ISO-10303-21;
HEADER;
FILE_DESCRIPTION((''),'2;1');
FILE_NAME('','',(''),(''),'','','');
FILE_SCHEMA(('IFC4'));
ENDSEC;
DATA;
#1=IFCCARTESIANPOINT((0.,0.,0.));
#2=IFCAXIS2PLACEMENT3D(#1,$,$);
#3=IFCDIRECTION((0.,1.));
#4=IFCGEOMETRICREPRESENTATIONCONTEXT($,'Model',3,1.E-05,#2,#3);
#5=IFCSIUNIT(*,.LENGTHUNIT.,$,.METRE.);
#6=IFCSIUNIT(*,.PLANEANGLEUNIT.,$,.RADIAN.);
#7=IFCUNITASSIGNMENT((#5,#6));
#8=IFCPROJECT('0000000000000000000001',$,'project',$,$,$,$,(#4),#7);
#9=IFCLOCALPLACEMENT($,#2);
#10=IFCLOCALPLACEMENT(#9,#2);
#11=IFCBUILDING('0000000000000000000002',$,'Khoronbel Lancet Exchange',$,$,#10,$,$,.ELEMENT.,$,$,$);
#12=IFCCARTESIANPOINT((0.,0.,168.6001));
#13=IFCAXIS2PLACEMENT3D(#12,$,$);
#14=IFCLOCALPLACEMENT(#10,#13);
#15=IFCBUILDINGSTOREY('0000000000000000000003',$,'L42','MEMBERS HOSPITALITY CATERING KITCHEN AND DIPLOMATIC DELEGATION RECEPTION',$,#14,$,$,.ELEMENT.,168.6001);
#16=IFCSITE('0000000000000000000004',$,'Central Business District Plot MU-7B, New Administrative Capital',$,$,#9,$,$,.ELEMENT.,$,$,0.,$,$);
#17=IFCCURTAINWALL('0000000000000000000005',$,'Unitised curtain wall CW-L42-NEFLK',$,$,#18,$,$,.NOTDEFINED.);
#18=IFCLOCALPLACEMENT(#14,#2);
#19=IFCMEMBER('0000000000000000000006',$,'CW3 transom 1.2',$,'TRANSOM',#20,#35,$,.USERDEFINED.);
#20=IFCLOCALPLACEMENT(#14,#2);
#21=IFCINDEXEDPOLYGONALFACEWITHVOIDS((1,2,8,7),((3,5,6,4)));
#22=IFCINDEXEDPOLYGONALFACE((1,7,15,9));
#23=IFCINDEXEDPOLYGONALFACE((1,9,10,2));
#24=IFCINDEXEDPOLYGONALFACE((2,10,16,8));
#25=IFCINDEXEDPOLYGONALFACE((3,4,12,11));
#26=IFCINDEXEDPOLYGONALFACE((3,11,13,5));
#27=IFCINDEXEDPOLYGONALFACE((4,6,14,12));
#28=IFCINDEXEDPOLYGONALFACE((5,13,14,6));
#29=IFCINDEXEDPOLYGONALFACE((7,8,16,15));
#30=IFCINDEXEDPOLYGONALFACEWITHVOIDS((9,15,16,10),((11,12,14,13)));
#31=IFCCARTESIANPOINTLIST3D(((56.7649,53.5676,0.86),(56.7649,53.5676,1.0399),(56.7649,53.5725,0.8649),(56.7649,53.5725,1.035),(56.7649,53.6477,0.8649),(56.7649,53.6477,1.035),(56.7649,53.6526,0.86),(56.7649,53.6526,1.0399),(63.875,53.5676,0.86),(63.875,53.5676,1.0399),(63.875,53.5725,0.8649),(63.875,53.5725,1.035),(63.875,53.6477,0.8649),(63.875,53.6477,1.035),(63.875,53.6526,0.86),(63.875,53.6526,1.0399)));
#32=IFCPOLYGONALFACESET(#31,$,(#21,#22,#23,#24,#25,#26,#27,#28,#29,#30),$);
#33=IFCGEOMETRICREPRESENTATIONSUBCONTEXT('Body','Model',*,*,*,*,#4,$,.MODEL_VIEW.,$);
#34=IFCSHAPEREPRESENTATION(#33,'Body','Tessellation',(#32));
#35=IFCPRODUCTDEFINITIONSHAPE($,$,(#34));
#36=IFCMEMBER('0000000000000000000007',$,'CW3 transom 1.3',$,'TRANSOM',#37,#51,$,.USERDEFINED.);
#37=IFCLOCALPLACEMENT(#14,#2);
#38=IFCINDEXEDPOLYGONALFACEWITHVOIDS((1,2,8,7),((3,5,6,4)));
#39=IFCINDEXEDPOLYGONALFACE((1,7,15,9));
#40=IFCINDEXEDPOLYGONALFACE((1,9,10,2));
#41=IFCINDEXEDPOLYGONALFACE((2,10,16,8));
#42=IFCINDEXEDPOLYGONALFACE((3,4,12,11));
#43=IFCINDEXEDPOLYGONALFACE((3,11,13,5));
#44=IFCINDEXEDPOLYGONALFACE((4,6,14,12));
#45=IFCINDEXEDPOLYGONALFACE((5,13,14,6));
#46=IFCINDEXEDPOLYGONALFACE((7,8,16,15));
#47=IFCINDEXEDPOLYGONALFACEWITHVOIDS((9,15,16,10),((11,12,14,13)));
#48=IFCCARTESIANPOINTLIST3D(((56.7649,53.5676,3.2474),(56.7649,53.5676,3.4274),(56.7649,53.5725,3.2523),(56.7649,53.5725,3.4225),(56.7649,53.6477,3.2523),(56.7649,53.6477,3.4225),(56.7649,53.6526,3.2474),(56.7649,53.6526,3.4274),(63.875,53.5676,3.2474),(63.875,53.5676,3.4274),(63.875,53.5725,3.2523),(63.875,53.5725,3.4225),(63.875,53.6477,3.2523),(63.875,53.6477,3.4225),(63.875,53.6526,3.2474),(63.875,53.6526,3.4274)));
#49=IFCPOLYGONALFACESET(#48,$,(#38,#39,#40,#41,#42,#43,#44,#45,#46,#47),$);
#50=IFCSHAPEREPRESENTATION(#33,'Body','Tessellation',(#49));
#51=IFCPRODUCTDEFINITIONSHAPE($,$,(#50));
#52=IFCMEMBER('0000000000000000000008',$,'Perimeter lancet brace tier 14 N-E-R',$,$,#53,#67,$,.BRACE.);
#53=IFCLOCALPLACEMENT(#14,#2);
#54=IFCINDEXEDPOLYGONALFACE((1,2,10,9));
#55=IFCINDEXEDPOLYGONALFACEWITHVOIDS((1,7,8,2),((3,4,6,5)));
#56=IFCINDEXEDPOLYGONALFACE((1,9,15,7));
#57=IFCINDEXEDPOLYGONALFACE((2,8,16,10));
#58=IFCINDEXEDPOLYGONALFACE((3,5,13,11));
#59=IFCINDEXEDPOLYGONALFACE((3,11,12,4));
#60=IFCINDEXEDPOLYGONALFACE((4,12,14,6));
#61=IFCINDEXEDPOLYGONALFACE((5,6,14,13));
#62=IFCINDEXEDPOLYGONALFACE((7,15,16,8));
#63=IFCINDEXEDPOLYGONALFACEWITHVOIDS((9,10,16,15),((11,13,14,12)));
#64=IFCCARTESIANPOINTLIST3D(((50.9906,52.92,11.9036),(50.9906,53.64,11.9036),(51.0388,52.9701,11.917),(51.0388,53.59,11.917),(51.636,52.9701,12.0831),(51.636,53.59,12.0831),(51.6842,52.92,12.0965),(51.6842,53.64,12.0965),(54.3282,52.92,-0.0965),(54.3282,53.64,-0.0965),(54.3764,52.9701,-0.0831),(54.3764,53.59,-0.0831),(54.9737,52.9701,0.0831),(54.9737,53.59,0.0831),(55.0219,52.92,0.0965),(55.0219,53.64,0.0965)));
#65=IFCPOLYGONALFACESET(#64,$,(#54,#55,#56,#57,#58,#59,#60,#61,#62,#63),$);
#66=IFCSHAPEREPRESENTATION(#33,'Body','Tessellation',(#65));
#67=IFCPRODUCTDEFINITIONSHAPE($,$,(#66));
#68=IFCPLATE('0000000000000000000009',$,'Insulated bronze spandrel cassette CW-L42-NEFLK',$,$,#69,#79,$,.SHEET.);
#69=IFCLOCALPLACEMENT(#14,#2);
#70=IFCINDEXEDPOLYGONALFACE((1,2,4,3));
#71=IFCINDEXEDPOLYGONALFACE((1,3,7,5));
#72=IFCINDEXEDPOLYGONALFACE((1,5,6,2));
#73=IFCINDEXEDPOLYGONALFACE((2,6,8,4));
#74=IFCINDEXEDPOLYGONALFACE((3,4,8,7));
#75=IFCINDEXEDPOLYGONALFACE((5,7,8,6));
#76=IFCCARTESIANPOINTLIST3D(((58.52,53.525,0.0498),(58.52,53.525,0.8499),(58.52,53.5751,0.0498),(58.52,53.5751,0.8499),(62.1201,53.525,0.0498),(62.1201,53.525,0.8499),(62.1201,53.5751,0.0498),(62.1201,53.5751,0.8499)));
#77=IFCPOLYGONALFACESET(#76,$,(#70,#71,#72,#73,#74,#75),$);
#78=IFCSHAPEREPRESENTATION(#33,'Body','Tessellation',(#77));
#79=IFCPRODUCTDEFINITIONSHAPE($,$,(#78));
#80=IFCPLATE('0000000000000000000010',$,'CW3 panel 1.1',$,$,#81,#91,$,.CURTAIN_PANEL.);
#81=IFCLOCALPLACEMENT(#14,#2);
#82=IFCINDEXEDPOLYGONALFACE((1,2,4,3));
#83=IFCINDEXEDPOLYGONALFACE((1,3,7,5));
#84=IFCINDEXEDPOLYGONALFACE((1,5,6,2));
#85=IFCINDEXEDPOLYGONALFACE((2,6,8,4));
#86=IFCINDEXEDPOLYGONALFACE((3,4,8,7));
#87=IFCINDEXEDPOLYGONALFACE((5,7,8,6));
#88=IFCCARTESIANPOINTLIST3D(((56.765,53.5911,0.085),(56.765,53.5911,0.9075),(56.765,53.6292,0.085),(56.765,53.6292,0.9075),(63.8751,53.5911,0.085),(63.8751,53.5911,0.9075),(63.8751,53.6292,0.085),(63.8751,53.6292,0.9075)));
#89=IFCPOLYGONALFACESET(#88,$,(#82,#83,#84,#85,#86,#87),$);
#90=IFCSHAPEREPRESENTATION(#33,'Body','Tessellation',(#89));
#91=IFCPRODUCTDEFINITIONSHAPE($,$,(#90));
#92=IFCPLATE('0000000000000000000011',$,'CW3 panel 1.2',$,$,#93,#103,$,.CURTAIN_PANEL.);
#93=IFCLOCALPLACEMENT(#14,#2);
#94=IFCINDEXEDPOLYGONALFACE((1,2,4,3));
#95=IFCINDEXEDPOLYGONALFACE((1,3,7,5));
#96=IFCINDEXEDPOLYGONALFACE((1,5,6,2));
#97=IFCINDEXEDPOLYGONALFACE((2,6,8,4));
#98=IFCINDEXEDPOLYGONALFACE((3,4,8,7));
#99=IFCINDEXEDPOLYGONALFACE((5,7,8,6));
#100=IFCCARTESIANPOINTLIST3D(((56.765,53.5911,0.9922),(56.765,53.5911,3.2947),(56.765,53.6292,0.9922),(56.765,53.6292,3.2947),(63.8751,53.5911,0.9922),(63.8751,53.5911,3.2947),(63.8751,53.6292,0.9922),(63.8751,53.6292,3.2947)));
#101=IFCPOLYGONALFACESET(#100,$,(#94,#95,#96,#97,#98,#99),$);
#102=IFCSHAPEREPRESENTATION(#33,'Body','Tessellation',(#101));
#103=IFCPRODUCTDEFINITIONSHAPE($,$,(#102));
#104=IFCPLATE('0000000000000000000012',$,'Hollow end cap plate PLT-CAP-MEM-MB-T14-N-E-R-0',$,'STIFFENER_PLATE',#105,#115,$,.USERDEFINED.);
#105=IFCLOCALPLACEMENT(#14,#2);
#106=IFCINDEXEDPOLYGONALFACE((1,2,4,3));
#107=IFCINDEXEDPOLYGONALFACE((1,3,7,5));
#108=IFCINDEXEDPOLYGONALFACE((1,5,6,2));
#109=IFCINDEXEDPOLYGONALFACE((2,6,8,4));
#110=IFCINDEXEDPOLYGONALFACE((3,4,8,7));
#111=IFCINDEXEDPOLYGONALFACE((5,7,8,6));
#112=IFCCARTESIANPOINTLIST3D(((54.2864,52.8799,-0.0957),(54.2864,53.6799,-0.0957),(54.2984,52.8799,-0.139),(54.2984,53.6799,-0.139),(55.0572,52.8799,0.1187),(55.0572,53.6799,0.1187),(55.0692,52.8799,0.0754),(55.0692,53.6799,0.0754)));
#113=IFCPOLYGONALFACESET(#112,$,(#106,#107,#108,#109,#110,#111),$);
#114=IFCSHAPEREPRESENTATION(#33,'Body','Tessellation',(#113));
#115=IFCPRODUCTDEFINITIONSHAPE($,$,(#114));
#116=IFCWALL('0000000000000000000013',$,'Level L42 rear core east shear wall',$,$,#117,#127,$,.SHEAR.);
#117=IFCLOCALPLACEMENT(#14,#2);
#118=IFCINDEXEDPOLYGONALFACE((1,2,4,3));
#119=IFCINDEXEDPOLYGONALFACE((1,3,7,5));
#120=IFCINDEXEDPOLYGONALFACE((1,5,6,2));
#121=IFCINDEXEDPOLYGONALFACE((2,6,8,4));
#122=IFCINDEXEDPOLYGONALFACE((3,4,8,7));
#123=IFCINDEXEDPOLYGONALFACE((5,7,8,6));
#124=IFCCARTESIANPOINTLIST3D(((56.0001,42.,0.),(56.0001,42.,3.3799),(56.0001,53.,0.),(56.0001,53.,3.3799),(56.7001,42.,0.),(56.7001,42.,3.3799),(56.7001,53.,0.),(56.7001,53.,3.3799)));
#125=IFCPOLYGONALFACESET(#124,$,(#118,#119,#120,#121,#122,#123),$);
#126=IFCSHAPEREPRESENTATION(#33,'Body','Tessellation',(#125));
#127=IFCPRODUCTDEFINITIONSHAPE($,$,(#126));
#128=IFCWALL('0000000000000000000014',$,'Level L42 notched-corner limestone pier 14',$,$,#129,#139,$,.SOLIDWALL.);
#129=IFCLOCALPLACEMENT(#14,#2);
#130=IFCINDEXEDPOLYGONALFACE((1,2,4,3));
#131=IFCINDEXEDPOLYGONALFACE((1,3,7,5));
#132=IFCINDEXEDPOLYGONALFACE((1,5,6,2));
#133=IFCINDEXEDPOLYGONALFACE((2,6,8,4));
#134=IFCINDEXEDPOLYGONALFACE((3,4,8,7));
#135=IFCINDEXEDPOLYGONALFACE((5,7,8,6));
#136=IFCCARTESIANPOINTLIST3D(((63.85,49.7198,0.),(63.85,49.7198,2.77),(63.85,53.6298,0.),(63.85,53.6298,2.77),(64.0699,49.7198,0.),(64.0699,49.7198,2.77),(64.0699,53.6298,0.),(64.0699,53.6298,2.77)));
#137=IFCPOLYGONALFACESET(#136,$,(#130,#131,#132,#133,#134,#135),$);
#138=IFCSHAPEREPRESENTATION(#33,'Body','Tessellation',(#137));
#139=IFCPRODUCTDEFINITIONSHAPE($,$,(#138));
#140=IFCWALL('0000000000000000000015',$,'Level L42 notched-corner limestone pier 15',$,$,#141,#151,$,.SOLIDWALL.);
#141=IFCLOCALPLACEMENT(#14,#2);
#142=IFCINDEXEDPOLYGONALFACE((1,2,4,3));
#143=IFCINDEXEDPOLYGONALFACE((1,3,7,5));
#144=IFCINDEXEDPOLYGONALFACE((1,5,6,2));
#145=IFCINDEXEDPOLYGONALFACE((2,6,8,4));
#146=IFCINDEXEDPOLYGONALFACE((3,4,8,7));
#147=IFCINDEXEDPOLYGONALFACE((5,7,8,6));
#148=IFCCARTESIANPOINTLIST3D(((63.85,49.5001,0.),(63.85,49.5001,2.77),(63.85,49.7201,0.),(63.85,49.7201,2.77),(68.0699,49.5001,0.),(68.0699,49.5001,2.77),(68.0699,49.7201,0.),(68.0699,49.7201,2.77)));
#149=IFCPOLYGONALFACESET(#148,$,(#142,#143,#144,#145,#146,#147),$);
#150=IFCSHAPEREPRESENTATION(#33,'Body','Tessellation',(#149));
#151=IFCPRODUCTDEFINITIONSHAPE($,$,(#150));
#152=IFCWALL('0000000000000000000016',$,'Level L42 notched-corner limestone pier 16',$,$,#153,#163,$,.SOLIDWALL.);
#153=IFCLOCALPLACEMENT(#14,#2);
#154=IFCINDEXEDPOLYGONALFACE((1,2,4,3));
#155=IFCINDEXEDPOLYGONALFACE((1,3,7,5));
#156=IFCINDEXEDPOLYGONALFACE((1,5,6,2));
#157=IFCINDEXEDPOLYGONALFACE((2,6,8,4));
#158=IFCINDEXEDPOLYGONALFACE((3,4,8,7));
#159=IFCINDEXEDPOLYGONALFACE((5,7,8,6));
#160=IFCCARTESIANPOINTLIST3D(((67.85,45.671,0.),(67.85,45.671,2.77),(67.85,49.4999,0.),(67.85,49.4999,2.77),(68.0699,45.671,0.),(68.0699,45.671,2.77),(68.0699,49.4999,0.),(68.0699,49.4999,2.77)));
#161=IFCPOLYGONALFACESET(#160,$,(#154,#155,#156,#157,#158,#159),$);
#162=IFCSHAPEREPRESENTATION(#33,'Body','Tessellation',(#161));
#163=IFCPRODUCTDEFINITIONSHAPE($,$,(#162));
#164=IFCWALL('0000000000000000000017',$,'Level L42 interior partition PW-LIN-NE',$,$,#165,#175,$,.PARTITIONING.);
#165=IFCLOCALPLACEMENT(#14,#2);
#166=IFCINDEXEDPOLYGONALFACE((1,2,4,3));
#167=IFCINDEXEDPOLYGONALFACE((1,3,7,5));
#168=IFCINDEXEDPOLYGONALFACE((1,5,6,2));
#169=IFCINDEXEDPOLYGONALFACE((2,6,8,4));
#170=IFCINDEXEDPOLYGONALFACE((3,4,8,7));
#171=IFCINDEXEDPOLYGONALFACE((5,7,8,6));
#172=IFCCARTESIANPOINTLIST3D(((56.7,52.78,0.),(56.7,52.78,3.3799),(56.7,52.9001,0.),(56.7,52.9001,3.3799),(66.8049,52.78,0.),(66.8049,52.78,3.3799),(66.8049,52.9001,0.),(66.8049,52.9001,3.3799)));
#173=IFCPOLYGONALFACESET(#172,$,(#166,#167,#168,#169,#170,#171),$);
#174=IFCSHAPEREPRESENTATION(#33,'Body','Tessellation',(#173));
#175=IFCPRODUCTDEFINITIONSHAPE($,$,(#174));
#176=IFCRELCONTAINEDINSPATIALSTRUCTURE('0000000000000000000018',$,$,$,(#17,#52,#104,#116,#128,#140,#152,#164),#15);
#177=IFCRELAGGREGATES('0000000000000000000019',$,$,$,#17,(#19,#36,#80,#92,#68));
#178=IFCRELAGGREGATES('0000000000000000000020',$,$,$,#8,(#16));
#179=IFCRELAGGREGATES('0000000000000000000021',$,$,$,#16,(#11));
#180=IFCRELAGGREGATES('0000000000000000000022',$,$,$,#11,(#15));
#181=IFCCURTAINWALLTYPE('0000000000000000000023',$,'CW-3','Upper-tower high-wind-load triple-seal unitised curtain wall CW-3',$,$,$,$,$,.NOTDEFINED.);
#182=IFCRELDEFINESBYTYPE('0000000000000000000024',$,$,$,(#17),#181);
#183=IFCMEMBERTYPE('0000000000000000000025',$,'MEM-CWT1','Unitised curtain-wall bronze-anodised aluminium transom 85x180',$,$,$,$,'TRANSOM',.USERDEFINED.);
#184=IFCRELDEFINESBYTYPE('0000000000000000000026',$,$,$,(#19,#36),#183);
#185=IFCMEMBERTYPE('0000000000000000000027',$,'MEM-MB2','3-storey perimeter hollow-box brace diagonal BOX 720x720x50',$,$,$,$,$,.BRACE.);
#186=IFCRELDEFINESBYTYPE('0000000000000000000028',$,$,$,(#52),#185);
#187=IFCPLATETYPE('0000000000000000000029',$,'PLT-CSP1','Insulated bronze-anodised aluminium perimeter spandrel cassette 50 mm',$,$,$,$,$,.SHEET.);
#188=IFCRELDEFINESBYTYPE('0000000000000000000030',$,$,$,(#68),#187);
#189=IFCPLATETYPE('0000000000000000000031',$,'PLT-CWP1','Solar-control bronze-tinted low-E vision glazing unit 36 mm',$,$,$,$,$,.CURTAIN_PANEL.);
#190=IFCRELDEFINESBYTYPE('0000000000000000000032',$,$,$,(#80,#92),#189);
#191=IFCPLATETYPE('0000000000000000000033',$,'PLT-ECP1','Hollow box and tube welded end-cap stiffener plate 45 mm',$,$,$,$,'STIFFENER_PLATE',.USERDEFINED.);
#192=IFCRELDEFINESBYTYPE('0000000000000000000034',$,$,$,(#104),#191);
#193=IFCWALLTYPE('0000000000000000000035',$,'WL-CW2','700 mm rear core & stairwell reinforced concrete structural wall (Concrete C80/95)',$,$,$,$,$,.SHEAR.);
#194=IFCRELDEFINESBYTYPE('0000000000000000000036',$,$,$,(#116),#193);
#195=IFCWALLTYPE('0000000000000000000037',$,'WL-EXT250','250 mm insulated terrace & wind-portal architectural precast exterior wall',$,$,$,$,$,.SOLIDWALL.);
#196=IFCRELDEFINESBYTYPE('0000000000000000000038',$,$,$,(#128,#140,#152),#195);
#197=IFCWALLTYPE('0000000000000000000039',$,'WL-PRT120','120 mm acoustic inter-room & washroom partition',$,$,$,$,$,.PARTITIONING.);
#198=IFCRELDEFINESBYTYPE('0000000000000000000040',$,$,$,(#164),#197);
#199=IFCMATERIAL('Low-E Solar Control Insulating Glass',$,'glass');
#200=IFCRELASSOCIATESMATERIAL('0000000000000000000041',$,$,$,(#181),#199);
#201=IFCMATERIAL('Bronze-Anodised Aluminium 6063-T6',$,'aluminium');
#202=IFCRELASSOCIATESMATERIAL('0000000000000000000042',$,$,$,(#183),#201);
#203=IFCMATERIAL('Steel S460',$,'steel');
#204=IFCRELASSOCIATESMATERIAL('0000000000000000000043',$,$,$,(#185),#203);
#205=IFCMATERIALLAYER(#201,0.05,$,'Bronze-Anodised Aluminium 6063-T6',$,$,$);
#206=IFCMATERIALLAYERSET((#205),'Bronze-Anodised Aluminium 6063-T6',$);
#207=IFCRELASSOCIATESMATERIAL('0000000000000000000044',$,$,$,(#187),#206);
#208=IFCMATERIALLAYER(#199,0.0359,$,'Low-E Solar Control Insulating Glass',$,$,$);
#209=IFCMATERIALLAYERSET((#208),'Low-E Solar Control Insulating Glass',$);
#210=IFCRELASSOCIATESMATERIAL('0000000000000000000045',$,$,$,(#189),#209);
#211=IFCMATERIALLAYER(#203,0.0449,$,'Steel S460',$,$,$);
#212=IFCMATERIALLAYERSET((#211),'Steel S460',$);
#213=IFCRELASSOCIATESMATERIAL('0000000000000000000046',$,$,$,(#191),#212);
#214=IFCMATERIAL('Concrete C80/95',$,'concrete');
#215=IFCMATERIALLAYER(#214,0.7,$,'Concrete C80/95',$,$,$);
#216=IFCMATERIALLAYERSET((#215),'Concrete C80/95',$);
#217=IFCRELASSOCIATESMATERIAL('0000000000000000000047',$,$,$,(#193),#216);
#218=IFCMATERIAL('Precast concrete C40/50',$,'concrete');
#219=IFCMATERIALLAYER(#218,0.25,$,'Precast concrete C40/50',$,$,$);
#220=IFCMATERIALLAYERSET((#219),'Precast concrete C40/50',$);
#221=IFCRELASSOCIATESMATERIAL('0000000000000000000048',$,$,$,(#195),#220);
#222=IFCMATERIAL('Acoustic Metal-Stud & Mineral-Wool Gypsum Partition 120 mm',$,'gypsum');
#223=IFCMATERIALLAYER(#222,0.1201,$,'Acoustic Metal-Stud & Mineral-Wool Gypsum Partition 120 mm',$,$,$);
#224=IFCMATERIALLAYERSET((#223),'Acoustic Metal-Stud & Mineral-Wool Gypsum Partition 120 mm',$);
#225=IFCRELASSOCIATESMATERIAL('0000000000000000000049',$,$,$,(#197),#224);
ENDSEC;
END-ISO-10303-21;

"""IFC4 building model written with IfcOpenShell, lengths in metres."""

from ifc_helpers import new_model, si_unit, direction, frame, frame_2d, origin, origin_2d, place, context, subcontext, project, spatial, polyline, rectangle, hollow_rectangle, outline, extrude, material, layer, layer_set, material_profile, profile_set, type_object, element, aggregate, save


model = new_model("IFC4")

# Units and contexts
model_context = context("Model", 3, precision=1e-05, world=origin(), true_north=direction((0.0, 1.0)))
body_context = subcontext(model_context, "Body", "Model", "MODEL_VIEW")
ifc_project = project(units=[si_unit("LENGTHUNIT", "METRE"), si_unit("PLANEANGLEUNIT", "RADIAN")], contexts=[model_context])

# Site, building, storey
site_placement = place(None, origin())
site = spatial("IfcSite", under=ifc_project, at=site_placement, Name="Central Business District Plot MU-7B, New Administrative Capital", CompositionType="ELEMENT", RefElevation=0.0)
building_placement = place(site_placement, origin())
building = spatial("IfcBuilding", under=site, at=building_placement, Name="Khoronbel Lancet Exchange", CompositionType="ELEMENT")
storey_placement = place(building_placement, frame((0.0, 0.0, 168.6001)))
storey = spatial("IfcBuildingStorey", under=building, at=storey_placement, Name="L42", Description="MEMBERS HOSPITALITY CATERING KITCHEN AND DIPLOMATIC DELEGATION RECEPTION", CompositionType="ELEMENT", Elevation=168.6001)

# Shared definitions
ifc_material_1 = material(Name="Steel S460", Category="steel")

# Curtain wall
ifc_material_2 = material(Name="Low-E Solar Control Insulating Glass", Category="glass")
curtain_wall_type_1 = type_object("IfcCurtainWallType", Name="CW-3", Description="Upper-tower high-wind-load triple-seal unitised curtain wall CW-3", PredefinedType="NOTDEFINED", material=ifc_material_2)
curtain_wall_1_placement = place(storey_placement, origin())
curtain_wall_1 = element("IfcCurtainWall", 1, at=curtain_wall_1_placement, inside=storey, type_object=curtain_wall_type_1, Name="Unitised curtain wall CW-L42-NEFLK", PredefinedType="NOTDEFINED")
ifc_material_3 = material(Name="Bronze-Anodised Aluminium 6063-T6", Category="aluminium")

# Members
ifc_material_profile_1 = material_profile(ifc_material_3, hollow_rectangle(XDim=0.085, YDim=0.1799, WallThickness=0.0049, at=origin_2d()), Name="ALU TRANSOM 85x180")
ifc_profile_set_1 = profile_set([ifc_material_profile_1], Name="Bronze-Anodised Aluminium 6063-T6")
member_type_1 = type_object("IfcMemberType", Name="MEM-CWT1", Description="Unitised curtain-wall bronze-anodised aluminium transom 85x180", ElementType="TRANSOM", PredefinedType="USERDEFINED", material=ifc_profile_set_1)
member_1_placement = place(storey_placement, frame((63.875, 53.6101, 0.95), z_axis=(-1.0, 0.0, 0.0), x_axis=(0.0, -1.0, 0.0)))
member_1 = element("IfcMember", 2, at=member_1_placement, type_object=member_type_1, Name="CW3 transom 1.2", ObjectType="TRANSOM", PredefinedType="USERDEFINED", context=body_context, shape_type="SweptSolid", body=[
    extrude(hollow_rectangle(XDim=0.085, YDim=0.1799, WallThickness=0.0049, at=origin_2d()), origin(), (0.0, 0.0, 1.0), 7.1101),
])
member_2_placement = place(storey_placement, frame((63.875, 53.6101, 3.3374), z_axis=(-1.0, 0.0, 0.0), x_axis=(0.0, -1.0, 0.0)))
member_2 = element("IfcMember", 3, at=member_2_placement, type_object=member_type_1, Name="CW3 transom 1.3", ObjectType="TRANSOM", PredefinedType="USERDEFINED", context=body_context, shape_type="SweptSolid", body=[
    extrude(hollow_rectangle(XDim=0.085, YDim=0.1799, WallThickness=0.0049, at=origin_2d()), origin(), (0.0, 0.0, 1.0), 7.1101),
])
ifc_material_profile_2 = material_profile(ifc_material_1, hollow_rectangle(XDim=0.72, YDim=0.72, WallThickness=0.05, at=origin_2d()), Name="BOX 720x720x50")
ifc_profile_set_2 = profile_set([ifc_material_profile_2], Name="Steel S460")
member_type_2 = type_object("IfcMemberType", Name="MEM-MB2", Description="3-storey perimeter hollow-box brace diagonal BOX 720x720x50", PredefinedType="BRACE", material=ifc_profile_set_2)
member_3_placement = place(storey_placement, frame((54.675, 53.28, 0.0), z_axis=(-0.267965, 0.0, 0.963429), x_axis=(0.0, -1.0, 0.0)))
element("IfcMember", 4, at=member_3_placement, inside=storey, type_object=member_type_2, Name="Perimeter lancet brace tier 14 N-E-R", PredefinedType="BRACE", context=body_context, shape_type="SweptSolid", body=[
    extrude(hollow_rectangle(XDim=0.72, YDim=0.72, WallThickness=0.05, at=origin_2d()), origin(), (0.0, 0.0, 1.0), 12.4556),
])

# Plates
ifc_layer_1 = layer(ifc_material_3, 0.05, Name="Bronze-Anodised Aluminium 6063-T6")
ifc_layer_set_1 = layer_set([ifc_layer_1], Name="Bronze-Anodised Aluminium 6063-T6")
plate_type_1 = type_object("IfcPlateType", Name="PLT-CSP1", Description="Insulated bronze-anodised aluminium perimeter spandrel cassette 50 mm", PredefinedType="SHEET", material=ifc_layer_set_1)
plate_1_placement = place(storey_placement, frame((60.3201, 53.55, 0.0498), z_axis=(0.0, 0.0, 1.0), x_axis=(-1.0, 0.0, 0.0)))
plate_1 = element("IfcPlate", 5, at=plate_1_placement, type_object=plate_type_1, Name="Insulated bronze spandrel cassette CW-L42-NEFLK", PredefinedType="SHEET", context=body_context, shape_type="SweptSolid", body=[
    extrude(rectangle(XDim=3.6001, YDim=0.05, at=origin_2d()), origin(), (0.0, 0.0, 1.0), 0.8),
])
ifc_layer_2 = layer(ifc_material_2, 0.0359, Name="Low-E Solar Control Insulating Glass")
ifc_layer_set_2 = layer_set([ifc_layer_2], Name="Low-E Solar Control Insulating Glass")
plate_type_2 = type_object("IfcPlateType", Name="PLT-CWP1", Description="Solar-control bronze-tinted low-E vision glazing unit 36 mm", PredefinedType="CURTAIN_PANEL", material=ifc_layer_set_2)
plate_2_placement = place(storey_placement, frame((60.3201, 53.6101, 0.085), z_axis=(0.0, 0.0, 1.0), x_axis=(-1.0, 0.0, 0.0)))
plate_2 = element("IfcPlate", 6, at=plate_2_placement, type_object=plate_type_2, Name="CW3 panel 1.1", PredefinedType="CURTAIN_PANEL", context=body_context, shape_type="SweptSolid", body=[
    extrude(rectangle(XDim=7.1101, YDim=0.0381, at=origin_2d()), origin(), (0.0, 0.0, 1.0), 0.8225),
])
plate_3_placement = place(storey_placement, frame((60.3201, 53.6101, 0.9922), z_axis=(0.0, 0.0, 1.0), x_axis=(-1.0, 0.0, 0.0)))
plate_3 = element("IfcPlate", 7, at=plate_3_placement, type_object=plate_type_2, Name="CW3 panel 1.2", PredefinedType="CURTAIN_PANEL", context=body_context, shape_type="SweptSolid", body=[
    extrude(rectangle(XDim=7.1101, YDim=0.0381, at=origin_2d()), origin(), (0.0, 0.0, 1.0), 2.3025),
])
aggregate(curtain_wall_1, [member_1, member_2, plate_2, plate_3, plate_1])
ifc_layer_3 = layer(ifc_material_1, 0.0449, Name="Steel S460")
ifc_layer_set_3 = layer_set([ifc_layer_3], Name="Steel S460")
plate_type_3 = type_object("IfcPlateType", Name="PLT-ECP1", Description="Hollow box and tube welded end-cap stiffener plate 45 mm", ElementType="STIFFENER_PLATE", PredefinedType="USERDEFINED", material=ifc_layer_set_3)
plate_4_placement = place(storey_placement, frame((54.2864, 53.6799, -0.0957), z_axis=(-0.267943, 0.0, 0.963435), x_axis=(0.0, -1.0, 0.0)))
element("IfcPlate", 8, at=plate_4_placement, inside=storey, type_object=plate_type_3, Name="Hollow end cap plate PLT-CAP-MEM-MB-T14-N-E-R-0", ObjectType="STIFFENER_PLATE", PredefinedType="USERDEFINED", context=body_context, shape_type="SweptSolid", body=[
    extrude(outline(polyline([(0.0, 0.0), (0.8, 0.0), (0.8, 0.8), (0.0, 0.8), (0.0, 0.0)])), origin(), (0.0, 0.0, -1.0), 0.0449),
])

# Walls
ifc_material_4 = material(Name="Concrete C80/95", Category="concrete")
ifc_layer_4 = layer(ifc_material_4, 0.7, Name="Concrete C80/95")
ifc_layer_set_4 = layer_set([ifc_layer_4], Name="Concrete C80/95")
wall_type_1 = type_object("IfcWallType", Name="WL-CW2", Description="700 mm rear core & stairwell reinforced concrete structural wall (Concrete C80/95)", PredefinedType="SHEAR", material=ifc_layer_set_4)
wall_1_placement = place(storey_placement, frame((56.3501, 53.0, 0.0), z_axis=(0.0, 0.0, 1.0), x_axis=(0.0, -1.0, 0.0)))
element("IfcWall", 9, at=wall_1_placement, inside=storey, type_object=wall_type_1, Name="Level L42 rear core east shear wall", PredefinedType="SHEAR", context=body_context, shape_type="SweptSolid", body=[
    extrude(rectangle(XDim=11.0, YDim=0.7, at=frame_2d((5.5, 0.0))), origin(), (0.0, 0.0, 1.0), 3.3799),
])
ifc_material_5 = material(Name="Precast concrete C40/50", Category="concrete")
ifc_layer_5 = layer(ifc_material_5, 0.25, Name="Precast concrete C40/50")
ifc_layer_set_5 = layer_set([ifc_layer_5], Name="Precast concrete C40/50")
wall_type_2 = type_object("IfcWallType", Name="WL-EXT250", Description="250 mm insulated terrace & wind-portal architectural precast exterior wall", PredefinedType="SOLIDWALL", material=ifc_layer_set_5)
wall_2_placement = place(storey_placement, frame((63.96, 53.6299, 0.0), z_axis=(0.0, 0.0, 1.0), x_axis=(0.0, -1.0, 0.0)))
element("IfcWall", 10, at=wall_2_placement, inside=storey, type_object=wall_type_2, Name="Level L42 notched-corner limestone pier 14", PredefinedType="SOLIDWALL", context=body_context, shape_type="SweptSolid", body=[
    extrude(rectangle(XDim=3.9099, YDim=0.22, at=frame_2d((1.9551, 0.0))), origin(), (0.0, 0.0, 1.0), 2.77),
])
wall_3_placement = place(storey_placement, frame((63.8501, 49.6101, 0.0), z_axis=(0.0, 0.0, 1.0), x_axis=(1.0, 0.0, 0.0)))
element("IfcWall", 11, at=wall_3_placement, inside=storey, type_object=wall_type_2, Name="Level L42 notched-corner limestone pier 15", PredefinedType="SOLIDWALL", context=body_context, shape_type="SweptSolid", body=[
    extrude(rectangle(XDim=4.22, YDim=0.22, at=frame_2d((2.1099, 0.0))), origin(), (0.0, 0.0, 1.0), 2.77),
])
wall_4_placement = place(storey_placement, frame((67.96, 49.5, 0.0), z_axis=(0.0, 0.0, 1.0), x_axis=(0.0, -1.0, 0.0)))
element("IfcWall", 12, at=wall_4_placement, inside=storey, type_object=wall_type_2, Name="Level L42 notched-corner limestone pier 16", PredefinedType="SOLIDWALL", context=body_context, shape_type="SweptSolid", body=[
    extrude(rectangle(XDim=3.8289, YDim=0.22, at=frame_2d((1.9146, 0.0))), origin(), (0.0, 0.0, 1.0), 2.77),
])
ifc_material_6 = material(Name="Acoustic Metal-Stud & Mineral-Wool Gypsum Partition 120 mm", Category="gypsum")
ifc_layer_6 = layer(ifc_material_6, 0.1201, Name="Acoustic Metal-Stud & Mineral-Wool Gypsum Partition 120 mm")
ifc_layer_set_6 = layer_set([ifc_layer_6], Name="Acoustic Metal-Stud & Mineral-Wool Gypsum Partition 120 mm")
wall_type_3 = type_object("IfcWallType", Name="WL-PRT120", Description="120 mm acoustic inter-room & washroom partition", PredefinedType="PARTITIONING", material=ifc_layer_set_6)
wall_5_placement = place(storey_placement, frame((56.7, 52.8401, 0.0), z_axis=(0.0, 0.0, 1.0), x_axis=(1.0, 0.0, 0.0)))
element("IfcWall", 13, at=wall_5_placement, inside=storey, type_object=wall_type_3, Name="Level L42 interior partition PW-LIN-NE", PredefinedType="PARTITIONING", context=body_context, shape_type="SweptSolid", body=[
    extrude(rectangle(XDim=10.105, YDim=0.1201, at=frame_2d((5.0525, 0.0))), origin(), (0.0, 0.0, 1.0), 3.3799),
])

save(model, "model.ifc")
